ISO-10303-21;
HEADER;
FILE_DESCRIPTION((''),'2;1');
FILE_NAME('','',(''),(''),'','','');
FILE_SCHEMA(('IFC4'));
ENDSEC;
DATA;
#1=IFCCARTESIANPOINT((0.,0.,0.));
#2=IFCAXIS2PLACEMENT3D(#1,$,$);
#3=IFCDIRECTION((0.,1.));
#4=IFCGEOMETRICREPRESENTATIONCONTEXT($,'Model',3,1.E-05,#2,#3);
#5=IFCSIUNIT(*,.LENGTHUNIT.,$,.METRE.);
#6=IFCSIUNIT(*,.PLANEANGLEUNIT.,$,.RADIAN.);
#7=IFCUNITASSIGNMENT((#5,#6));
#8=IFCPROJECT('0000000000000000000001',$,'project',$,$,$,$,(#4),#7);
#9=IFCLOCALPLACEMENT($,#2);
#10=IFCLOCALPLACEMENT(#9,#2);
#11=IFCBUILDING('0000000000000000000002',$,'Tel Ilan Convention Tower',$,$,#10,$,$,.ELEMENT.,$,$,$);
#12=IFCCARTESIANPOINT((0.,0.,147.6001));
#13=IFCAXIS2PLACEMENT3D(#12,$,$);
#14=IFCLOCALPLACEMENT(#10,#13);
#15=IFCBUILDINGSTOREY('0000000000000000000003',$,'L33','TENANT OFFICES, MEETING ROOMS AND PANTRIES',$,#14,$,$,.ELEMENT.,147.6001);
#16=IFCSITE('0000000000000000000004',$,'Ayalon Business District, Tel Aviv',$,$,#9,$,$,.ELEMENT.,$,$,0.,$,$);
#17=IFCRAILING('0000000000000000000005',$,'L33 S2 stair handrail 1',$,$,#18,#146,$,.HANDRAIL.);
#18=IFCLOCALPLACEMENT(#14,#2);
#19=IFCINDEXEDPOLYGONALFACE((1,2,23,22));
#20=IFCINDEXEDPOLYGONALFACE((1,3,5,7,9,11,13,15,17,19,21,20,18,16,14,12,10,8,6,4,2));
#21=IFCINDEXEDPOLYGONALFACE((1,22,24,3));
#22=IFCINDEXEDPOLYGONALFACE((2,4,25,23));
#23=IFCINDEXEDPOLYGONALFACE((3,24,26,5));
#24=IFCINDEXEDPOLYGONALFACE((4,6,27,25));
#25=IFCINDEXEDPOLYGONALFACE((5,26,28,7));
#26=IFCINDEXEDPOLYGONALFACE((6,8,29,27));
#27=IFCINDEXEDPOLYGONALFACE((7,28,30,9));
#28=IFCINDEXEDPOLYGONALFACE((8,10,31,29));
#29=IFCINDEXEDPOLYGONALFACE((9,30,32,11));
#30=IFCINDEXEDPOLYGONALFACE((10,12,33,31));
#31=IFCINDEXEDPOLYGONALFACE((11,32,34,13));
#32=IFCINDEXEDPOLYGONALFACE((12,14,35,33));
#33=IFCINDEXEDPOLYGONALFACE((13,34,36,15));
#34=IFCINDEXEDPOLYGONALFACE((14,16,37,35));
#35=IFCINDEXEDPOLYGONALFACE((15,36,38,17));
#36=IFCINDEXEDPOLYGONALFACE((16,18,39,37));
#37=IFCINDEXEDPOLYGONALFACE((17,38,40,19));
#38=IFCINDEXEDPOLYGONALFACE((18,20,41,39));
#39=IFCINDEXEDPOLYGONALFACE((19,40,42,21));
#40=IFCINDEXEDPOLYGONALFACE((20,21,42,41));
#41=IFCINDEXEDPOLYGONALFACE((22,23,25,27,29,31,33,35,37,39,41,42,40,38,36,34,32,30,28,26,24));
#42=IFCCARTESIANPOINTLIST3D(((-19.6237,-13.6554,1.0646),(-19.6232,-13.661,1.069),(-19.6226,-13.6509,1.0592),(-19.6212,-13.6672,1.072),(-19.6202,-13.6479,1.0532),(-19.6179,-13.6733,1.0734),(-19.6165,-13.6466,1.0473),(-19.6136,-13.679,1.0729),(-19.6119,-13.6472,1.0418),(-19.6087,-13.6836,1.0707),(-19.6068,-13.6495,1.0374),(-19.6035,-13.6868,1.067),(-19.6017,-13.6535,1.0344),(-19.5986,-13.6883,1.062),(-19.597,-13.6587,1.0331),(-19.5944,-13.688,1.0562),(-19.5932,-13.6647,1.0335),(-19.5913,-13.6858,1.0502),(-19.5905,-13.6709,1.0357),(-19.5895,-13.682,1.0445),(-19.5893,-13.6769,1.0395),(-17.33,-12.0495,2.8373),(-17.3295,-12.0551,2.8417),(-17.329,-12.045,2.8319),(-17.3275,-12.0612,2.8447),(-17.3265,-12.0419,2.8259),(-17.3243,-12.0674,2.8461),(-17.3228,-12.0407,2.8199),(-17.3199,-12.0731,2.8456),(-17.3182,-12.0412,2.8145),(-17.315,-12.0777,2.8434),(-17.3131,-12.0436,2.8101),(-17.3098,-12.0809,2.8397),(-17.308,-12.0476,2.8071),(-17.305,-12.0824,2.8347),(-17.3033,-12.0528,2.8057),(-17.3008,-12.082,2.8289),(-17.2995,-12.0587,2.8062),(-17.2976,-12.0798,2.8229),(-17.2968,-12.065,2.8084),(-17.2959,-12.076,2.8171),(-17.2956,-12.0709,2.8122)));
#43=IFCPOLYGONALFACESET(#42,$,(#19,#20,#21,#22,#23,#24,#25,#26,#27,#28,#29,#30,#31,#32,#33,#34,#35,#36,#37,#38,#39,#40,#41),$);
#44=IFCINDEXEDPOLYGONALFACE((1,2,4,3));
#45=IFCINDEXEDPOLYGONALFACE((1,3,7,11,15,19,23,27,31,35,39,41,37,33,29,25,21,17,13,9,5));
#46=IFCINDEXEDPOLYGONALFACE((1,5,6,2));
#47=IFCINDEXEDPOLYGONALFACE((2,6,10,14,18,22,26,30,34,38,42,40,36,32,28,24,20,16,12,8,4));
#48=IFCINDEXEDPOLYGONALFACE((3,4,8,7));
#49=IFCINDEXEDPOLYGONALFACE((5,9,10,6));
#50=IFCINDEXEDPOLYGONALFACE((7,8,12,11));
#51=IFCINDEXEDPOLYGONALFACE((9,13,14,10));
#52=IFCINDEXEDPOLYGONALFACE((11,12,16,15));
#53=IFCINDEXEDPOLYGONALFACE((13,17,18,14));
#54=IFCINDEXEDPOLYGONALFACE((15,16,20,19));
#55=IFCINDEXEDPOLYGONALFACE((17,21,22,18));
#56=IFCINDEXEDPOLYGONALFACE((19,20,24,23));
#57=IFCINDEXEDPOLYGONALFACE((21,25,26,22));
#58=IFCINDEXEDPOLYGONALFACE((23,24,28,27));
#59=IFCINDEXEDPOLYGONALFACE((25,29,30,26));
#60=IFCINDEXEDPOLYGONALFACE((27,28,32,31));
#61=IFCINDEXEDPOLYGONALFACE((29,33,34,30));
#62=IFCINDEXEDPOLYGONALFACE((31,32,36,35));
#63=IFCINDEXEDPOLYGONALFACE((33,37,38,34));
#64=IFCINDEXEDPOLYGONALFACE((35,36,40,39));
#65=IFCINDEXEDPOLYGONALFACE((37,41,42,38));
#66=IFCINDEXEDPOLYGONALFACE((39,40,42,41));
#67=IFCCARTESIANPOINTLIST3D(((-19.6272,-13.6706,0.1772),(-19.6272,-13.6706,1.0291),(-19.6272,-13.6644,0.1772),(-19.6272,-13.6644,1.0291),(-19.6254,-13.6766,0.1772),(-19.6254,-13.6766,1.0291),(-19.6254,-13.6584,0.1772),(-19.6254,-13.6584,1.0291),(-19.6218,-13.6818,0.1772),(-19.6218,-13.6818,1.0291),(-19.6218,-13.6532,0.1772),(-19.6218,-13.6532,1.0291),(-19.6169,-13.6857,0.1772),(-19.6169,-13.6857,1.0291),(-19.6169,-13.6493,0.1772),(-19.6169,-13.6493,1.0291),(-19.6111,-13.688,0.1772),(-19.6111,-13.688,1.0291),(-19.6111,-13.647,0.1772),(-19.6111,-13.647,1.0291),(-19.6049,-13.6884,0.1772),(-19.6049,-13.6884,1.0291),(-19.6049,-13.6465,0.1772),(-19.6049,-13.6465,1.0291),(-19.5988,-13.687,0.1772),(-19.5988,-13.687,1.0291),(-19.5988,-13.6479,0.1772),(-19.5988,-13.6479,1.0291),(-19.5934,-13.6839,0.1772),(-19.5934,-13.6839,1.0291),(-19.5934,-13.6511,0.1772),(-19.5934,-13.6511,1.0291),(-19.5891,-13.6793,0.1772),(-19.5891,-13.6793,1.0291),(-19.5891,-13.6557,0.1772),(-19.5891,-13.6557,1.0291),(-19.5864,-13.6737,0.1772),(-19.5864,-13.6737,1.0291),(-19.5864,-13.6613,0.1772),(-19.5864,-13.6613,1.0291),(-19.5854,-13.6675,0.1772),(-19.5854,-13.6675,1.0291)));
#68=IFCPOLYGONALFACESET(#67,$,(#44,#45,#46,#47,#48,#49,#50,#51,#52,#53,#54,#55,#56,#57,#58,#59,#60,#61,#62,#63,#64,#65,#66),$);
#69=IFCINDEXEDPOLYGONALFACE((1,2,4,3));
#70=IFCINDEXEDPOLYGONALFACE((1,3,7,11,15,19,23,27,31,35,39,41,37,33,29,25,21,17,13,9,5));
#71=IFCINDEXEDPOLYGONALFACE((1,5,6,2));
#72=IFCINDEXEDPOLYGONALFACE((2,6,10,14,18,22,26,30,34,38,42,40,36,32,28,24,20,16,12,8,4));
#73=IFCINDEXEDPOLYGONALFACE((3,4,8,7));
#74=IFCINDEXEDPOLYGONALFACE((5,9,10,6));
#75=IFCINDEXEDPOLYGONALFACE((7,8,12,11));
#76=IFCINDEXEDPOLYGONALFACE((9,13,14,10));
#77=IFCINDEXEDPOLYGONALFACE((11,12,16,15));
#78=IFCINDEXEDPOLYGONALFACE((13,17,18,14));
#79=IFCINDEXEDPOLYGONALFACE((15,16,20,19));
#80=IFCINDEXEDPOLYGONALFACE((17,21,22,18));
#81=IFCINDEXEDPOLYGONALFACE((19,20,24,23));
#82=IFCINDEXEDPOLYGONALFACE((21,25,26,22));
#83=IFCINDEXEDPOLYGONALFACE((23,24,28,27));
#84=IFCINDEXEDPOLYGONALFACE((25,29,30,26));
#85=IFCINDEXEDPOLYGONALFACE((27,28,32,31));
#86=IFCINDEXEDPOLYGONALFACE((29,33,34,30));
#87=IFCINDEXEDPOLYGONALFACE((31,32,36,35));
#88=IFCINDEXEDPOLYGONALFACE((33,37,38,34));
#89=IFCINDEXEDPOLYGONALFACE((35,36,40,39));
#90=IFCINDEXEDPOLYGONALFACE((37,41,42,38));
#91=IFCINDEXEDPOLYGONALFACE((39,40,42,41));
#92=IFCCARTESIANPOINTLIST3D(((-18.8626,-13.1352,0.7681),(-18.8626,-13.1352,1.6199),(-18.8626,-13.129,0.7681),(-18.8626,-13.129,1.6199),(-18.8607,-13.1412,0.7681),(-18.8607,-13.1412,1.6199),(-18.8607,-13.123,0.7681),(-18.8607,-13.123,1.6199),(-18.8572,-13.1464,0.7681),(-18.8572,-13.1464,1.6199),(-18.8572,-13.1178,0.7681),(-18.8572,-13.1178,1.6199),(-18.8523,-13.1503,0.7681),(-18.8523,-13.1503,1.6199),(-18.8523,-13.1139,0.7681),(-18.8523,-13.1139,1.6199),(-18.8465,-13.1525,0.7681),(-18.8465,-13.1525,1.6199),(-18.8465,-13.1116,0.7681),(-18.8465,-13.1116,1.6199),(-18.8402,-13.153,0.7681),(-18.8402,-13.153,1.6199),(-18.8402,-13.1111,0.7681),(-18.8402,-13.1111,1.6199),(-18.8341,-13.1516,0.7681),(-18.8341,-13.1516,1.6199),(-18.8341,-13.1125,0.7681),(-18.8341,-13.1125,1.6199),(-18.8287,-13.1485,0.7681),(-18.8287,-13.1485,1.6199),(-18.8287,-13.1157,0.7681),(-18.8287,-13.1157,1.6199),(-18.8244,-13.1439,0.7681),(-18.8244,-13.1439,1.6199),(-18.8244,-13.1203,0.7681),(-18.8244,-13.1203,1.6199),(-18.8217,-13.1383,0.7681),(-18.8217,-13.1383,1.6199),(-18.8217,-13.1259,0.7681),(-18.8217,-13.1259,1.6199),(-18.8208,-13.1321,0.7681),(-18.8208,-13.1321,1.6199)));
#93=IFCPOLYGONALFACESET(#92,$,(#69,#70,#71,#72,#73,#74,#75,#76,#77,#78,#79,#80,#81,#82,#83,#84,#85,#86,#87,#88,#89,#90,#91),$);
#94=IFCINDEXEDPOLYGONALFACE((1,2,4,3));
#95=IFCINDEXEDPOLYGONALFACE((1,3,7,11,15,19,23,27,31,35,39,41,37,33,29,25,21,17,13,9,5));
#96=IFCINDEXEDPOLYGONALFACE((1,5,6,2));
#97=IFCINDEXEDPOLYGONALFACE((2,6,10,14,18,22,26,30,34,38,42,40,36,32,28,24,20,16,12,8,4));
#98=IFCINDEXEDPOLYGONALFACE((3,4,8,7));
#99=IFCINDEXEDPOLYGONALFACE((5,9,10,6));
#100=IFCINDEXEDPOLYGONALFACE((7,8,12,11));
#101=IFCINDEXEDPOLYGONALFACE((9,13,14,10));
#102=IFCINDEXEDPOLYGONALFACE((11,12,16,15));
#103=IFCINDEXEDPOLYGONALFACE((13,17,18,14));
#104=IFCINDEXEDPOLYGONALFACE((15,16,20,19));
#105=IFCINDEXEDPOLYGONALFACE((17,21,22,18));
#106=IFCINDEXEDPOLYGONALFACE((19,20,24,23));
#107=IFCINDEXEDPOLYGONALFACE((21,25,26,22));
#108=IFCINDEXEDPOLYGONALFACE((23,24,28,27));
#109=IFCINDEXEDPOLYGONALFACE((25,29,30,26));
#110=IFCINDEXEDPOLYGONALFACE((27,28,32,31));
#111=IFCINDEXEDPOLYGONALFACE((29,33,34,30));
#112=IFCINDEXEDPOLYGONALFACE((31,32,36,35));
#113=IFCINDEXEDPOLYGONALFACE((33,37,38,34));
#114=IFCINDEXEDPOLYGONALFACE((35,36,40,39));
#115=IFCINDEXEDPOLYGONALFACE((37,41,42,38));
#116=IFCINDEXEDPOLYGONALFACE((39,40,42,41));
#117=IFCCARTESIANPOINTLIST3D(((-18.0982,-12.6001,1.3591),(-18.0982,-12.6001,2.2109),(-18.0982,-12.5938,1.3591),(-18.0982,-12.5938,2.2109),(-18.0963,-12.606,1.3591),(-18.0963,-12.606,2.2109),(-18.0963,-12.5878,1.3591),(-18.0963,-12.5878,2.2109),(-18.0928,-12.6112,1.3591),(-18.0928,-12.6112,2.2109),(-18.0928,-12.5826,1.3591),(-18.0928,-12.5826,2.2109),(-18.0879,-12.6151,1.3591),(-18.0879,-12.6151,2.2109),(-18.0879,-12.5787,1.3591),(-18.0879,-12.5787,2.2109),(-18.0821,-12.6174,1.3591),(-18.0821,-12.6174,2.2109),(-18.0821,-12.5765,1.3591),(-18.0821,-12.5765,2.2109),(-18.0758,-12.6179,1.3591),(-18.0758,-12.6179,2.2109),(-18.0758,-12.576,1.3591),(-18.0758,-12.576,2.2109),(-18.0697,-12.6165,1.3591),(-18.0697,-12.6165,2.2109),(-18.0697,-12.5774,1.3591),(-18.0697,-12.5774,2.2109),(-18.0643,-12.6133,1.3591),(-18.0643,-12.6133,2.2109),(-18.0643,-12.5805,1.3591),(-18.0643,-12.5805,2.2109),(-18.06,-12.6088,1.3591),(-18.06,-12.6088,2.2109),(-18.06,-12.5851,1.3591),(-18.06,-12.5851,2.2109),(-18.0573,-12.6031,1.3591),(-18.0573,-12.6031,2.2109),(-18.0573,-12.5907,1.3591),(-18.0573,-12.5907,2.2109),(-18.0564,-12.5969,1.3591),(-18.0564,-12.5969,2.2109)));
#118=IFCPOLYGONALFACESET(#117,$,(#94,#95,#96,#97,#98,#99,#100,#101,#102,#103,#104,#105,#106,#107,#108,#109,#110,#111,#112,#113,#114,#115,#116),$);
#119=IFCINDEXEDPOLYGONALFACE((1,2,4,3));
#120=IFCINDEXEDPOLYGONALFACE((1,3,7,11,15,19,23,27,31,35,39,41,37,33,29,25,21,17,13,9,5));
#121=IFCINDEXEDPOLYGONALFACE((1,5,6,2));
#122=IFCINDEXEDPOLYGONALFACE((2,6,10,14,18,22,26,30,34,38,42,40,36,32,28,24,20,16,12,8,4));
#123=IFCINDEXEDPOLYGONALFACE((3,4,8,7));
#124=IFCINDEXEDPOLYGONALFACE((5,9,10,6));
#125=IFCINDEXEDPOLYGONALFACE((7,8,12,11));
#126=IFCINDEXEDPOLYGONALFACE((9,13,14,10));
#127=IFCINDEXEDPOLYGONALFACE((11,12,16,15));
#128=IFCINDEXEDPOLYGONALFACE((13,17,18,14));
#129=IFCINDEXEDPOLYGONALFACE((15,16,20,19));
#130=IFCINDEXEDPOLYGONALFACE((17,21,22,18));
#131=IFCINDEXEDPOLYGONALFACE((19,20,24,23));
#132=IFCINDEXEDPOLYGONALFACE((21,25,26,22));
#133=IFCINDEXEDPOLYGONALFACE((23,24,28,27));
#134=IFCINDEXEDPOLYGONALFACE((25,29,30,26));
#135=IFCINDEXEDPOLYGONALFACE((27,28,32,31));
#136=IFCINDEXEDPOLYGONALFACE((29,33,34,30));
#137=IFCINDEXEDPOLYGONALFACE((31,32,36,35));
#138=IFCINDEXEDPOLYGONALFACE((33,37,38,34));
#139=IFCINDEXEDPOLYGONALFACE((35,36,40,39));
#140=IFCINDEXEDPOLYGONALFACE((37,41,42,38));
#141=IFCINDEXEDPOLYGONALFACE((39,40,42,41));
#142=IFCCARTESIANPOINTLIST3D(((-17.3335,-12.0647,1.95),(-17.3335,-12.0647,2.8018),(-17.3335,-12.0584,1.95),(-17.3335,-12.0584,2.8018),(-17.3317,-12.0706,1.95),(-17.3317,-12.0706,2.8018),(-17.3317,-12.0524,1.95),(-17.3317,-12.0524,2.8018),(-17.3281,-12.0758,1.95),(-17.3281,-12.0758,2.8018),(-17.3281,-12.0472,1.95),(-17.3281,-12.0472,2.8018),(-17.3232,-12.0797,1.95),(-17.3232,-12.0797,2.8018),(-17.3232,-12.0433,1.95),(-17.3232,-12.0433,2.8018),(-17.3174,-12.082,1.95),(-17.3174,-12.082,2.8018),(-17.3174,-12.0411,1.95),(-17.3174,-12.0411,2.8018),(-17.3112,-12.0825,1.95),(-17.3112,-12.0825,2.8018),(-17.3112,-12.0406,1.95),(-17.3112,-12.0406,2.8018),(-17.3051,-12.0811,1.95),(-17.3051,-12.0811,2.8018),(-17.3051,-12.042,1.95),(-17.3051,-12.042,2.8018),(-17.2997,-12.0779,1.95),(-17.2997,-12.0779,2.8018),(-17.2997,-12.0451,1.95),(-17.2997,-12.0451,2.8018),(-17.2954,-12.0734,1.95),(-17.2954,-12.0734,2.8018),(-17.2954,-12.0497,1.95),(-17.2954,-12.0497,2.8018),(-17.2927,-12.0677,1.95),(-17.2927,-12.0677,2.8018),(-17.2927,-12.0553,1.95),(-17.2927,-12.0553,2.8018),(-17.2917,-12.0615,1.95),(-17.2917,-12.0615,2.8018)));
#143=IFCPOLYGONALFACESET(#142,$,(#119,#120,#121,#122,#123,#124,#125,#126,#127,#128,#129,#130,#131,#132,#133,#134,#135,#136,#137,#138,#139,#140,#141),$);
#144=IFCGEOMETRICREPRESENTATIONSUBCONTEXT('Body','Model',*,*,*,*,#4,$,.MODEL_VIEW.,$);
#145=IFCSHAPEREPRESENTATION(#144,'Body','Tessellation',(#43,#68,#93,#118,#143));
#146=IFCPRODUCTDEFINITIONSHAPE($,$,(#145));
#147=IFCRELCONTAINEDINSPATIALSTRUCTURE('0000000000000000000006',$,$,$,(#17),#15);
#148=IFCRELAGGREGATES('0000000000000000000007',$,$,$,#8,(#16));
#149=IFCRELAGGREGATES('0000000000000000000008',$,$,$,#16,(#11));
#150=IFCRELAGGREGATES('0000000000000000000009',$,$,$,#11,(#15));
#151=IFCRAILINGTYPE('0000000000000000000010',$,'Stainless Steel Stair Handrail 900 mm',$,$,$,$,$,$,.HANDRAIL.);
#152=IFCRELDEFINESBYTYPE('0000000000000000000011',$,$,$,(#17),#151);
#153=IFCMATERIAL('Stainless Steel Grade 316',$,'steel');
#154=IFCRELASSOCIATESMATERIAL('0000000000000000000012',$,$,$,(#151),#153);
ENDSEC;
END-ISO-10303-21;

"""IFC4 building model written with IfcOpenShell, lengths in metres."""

from ifc_helpers import new_model, si_unit, direction, frame, origin, origin_2d, place, context, subcontext, project, spatial, circle, extrude, material, type_object, element, save


model = new_model("IFC4")

# Units and contexts
model_context = context("Model", 3, precision=1e-05, world=origin(), true_north=direction((0.0, 1.0)))
body_context = subcontext(model_context, "Body", "Model", "MODEL_VIEW")
ifc_project = project(units=[si_unit("LENGTHUNIT", "METRE"), si_unit("PLANEANGLEUNIT", "RADIAN")], contexts=[model_context])

# Site, building, storey
site_placement = place(None, origin())
site = spatial("IfcSite", under=ifc_project, at=site_placement, Name="Ayalon Business District, Tel Aviv", CompositionType="ELEMENT", RefElevation=0.0)
building_placement = place(site_placement, origin())
building = spatial("IfcBuilding", under=site, at=building_placement, Name="Tel Ilan Convention Tower", CompositionType="ELEMENT")
storey_placement = place(building_placement, frame((0.0, 0.0, 147.6001)))
storey = spatial("IfcBuildingStorey", under=building, at=storey_placement, Name="L33", Description="TENANT OFFICES, MEETING ROOMS AND PANTRIES", CompositionType="ELEMENT", Elevation=147.6001)

# Railing
ifc_material_1 = material(Name="Stainless Steel Grade 316", Category="steel")
railing_type_1 = type_object("IfcRailingType", Name="Stainless Steel Stair Handrail 900 mm", PredefinedType="HANDRAIL", material=ifc_material_1)
railing_1_placement = place(storey_placement, frame((-19.6064, -13.6675, 0.1772)))
element("IfcRailing", 1, at=railing_1_placement, inside=storey, type_object=railing_type_1, Name="L33 S2 stair handrail 1", PredefinedType="HANDRAIL", context=body_context, shape_type="SweptSolid", body=[
    extrude(circle(Radius=0.0239, at=origin_2d()), frame((0.0, 0.0, 0.876), z_axis=(0.692123, 0.484597, 0.534913), x_axis=(-0.57355, 0.81917, 0.0)), (0.0, 0.0, 1.0), 3.314),
    extrude(circle(Radius=0.021, at=origin_2d()), origin(), (0.0, 0.0, 1.0), 0.8518),
    extrude(circle(Radius=0.021, at=origin_2d()), frame((0.7646, 0.5354, 0.5908)), (0.0, 0.0, 1.0), 0.8518),
    extrude(circle(Radius=0.021, at=origin_2d()), frame((1.5291, 1.0706, 1.1819)), (0.0, 0.0, 1.0), 0.8518),
    extrude(circle(Radius=0.021, at=origin_2d()), frame((2.2937, 1.606, 1.7727)), (0.0, 0.0, 1.0), 0.8518),
])

save(model, "model.ifc")
